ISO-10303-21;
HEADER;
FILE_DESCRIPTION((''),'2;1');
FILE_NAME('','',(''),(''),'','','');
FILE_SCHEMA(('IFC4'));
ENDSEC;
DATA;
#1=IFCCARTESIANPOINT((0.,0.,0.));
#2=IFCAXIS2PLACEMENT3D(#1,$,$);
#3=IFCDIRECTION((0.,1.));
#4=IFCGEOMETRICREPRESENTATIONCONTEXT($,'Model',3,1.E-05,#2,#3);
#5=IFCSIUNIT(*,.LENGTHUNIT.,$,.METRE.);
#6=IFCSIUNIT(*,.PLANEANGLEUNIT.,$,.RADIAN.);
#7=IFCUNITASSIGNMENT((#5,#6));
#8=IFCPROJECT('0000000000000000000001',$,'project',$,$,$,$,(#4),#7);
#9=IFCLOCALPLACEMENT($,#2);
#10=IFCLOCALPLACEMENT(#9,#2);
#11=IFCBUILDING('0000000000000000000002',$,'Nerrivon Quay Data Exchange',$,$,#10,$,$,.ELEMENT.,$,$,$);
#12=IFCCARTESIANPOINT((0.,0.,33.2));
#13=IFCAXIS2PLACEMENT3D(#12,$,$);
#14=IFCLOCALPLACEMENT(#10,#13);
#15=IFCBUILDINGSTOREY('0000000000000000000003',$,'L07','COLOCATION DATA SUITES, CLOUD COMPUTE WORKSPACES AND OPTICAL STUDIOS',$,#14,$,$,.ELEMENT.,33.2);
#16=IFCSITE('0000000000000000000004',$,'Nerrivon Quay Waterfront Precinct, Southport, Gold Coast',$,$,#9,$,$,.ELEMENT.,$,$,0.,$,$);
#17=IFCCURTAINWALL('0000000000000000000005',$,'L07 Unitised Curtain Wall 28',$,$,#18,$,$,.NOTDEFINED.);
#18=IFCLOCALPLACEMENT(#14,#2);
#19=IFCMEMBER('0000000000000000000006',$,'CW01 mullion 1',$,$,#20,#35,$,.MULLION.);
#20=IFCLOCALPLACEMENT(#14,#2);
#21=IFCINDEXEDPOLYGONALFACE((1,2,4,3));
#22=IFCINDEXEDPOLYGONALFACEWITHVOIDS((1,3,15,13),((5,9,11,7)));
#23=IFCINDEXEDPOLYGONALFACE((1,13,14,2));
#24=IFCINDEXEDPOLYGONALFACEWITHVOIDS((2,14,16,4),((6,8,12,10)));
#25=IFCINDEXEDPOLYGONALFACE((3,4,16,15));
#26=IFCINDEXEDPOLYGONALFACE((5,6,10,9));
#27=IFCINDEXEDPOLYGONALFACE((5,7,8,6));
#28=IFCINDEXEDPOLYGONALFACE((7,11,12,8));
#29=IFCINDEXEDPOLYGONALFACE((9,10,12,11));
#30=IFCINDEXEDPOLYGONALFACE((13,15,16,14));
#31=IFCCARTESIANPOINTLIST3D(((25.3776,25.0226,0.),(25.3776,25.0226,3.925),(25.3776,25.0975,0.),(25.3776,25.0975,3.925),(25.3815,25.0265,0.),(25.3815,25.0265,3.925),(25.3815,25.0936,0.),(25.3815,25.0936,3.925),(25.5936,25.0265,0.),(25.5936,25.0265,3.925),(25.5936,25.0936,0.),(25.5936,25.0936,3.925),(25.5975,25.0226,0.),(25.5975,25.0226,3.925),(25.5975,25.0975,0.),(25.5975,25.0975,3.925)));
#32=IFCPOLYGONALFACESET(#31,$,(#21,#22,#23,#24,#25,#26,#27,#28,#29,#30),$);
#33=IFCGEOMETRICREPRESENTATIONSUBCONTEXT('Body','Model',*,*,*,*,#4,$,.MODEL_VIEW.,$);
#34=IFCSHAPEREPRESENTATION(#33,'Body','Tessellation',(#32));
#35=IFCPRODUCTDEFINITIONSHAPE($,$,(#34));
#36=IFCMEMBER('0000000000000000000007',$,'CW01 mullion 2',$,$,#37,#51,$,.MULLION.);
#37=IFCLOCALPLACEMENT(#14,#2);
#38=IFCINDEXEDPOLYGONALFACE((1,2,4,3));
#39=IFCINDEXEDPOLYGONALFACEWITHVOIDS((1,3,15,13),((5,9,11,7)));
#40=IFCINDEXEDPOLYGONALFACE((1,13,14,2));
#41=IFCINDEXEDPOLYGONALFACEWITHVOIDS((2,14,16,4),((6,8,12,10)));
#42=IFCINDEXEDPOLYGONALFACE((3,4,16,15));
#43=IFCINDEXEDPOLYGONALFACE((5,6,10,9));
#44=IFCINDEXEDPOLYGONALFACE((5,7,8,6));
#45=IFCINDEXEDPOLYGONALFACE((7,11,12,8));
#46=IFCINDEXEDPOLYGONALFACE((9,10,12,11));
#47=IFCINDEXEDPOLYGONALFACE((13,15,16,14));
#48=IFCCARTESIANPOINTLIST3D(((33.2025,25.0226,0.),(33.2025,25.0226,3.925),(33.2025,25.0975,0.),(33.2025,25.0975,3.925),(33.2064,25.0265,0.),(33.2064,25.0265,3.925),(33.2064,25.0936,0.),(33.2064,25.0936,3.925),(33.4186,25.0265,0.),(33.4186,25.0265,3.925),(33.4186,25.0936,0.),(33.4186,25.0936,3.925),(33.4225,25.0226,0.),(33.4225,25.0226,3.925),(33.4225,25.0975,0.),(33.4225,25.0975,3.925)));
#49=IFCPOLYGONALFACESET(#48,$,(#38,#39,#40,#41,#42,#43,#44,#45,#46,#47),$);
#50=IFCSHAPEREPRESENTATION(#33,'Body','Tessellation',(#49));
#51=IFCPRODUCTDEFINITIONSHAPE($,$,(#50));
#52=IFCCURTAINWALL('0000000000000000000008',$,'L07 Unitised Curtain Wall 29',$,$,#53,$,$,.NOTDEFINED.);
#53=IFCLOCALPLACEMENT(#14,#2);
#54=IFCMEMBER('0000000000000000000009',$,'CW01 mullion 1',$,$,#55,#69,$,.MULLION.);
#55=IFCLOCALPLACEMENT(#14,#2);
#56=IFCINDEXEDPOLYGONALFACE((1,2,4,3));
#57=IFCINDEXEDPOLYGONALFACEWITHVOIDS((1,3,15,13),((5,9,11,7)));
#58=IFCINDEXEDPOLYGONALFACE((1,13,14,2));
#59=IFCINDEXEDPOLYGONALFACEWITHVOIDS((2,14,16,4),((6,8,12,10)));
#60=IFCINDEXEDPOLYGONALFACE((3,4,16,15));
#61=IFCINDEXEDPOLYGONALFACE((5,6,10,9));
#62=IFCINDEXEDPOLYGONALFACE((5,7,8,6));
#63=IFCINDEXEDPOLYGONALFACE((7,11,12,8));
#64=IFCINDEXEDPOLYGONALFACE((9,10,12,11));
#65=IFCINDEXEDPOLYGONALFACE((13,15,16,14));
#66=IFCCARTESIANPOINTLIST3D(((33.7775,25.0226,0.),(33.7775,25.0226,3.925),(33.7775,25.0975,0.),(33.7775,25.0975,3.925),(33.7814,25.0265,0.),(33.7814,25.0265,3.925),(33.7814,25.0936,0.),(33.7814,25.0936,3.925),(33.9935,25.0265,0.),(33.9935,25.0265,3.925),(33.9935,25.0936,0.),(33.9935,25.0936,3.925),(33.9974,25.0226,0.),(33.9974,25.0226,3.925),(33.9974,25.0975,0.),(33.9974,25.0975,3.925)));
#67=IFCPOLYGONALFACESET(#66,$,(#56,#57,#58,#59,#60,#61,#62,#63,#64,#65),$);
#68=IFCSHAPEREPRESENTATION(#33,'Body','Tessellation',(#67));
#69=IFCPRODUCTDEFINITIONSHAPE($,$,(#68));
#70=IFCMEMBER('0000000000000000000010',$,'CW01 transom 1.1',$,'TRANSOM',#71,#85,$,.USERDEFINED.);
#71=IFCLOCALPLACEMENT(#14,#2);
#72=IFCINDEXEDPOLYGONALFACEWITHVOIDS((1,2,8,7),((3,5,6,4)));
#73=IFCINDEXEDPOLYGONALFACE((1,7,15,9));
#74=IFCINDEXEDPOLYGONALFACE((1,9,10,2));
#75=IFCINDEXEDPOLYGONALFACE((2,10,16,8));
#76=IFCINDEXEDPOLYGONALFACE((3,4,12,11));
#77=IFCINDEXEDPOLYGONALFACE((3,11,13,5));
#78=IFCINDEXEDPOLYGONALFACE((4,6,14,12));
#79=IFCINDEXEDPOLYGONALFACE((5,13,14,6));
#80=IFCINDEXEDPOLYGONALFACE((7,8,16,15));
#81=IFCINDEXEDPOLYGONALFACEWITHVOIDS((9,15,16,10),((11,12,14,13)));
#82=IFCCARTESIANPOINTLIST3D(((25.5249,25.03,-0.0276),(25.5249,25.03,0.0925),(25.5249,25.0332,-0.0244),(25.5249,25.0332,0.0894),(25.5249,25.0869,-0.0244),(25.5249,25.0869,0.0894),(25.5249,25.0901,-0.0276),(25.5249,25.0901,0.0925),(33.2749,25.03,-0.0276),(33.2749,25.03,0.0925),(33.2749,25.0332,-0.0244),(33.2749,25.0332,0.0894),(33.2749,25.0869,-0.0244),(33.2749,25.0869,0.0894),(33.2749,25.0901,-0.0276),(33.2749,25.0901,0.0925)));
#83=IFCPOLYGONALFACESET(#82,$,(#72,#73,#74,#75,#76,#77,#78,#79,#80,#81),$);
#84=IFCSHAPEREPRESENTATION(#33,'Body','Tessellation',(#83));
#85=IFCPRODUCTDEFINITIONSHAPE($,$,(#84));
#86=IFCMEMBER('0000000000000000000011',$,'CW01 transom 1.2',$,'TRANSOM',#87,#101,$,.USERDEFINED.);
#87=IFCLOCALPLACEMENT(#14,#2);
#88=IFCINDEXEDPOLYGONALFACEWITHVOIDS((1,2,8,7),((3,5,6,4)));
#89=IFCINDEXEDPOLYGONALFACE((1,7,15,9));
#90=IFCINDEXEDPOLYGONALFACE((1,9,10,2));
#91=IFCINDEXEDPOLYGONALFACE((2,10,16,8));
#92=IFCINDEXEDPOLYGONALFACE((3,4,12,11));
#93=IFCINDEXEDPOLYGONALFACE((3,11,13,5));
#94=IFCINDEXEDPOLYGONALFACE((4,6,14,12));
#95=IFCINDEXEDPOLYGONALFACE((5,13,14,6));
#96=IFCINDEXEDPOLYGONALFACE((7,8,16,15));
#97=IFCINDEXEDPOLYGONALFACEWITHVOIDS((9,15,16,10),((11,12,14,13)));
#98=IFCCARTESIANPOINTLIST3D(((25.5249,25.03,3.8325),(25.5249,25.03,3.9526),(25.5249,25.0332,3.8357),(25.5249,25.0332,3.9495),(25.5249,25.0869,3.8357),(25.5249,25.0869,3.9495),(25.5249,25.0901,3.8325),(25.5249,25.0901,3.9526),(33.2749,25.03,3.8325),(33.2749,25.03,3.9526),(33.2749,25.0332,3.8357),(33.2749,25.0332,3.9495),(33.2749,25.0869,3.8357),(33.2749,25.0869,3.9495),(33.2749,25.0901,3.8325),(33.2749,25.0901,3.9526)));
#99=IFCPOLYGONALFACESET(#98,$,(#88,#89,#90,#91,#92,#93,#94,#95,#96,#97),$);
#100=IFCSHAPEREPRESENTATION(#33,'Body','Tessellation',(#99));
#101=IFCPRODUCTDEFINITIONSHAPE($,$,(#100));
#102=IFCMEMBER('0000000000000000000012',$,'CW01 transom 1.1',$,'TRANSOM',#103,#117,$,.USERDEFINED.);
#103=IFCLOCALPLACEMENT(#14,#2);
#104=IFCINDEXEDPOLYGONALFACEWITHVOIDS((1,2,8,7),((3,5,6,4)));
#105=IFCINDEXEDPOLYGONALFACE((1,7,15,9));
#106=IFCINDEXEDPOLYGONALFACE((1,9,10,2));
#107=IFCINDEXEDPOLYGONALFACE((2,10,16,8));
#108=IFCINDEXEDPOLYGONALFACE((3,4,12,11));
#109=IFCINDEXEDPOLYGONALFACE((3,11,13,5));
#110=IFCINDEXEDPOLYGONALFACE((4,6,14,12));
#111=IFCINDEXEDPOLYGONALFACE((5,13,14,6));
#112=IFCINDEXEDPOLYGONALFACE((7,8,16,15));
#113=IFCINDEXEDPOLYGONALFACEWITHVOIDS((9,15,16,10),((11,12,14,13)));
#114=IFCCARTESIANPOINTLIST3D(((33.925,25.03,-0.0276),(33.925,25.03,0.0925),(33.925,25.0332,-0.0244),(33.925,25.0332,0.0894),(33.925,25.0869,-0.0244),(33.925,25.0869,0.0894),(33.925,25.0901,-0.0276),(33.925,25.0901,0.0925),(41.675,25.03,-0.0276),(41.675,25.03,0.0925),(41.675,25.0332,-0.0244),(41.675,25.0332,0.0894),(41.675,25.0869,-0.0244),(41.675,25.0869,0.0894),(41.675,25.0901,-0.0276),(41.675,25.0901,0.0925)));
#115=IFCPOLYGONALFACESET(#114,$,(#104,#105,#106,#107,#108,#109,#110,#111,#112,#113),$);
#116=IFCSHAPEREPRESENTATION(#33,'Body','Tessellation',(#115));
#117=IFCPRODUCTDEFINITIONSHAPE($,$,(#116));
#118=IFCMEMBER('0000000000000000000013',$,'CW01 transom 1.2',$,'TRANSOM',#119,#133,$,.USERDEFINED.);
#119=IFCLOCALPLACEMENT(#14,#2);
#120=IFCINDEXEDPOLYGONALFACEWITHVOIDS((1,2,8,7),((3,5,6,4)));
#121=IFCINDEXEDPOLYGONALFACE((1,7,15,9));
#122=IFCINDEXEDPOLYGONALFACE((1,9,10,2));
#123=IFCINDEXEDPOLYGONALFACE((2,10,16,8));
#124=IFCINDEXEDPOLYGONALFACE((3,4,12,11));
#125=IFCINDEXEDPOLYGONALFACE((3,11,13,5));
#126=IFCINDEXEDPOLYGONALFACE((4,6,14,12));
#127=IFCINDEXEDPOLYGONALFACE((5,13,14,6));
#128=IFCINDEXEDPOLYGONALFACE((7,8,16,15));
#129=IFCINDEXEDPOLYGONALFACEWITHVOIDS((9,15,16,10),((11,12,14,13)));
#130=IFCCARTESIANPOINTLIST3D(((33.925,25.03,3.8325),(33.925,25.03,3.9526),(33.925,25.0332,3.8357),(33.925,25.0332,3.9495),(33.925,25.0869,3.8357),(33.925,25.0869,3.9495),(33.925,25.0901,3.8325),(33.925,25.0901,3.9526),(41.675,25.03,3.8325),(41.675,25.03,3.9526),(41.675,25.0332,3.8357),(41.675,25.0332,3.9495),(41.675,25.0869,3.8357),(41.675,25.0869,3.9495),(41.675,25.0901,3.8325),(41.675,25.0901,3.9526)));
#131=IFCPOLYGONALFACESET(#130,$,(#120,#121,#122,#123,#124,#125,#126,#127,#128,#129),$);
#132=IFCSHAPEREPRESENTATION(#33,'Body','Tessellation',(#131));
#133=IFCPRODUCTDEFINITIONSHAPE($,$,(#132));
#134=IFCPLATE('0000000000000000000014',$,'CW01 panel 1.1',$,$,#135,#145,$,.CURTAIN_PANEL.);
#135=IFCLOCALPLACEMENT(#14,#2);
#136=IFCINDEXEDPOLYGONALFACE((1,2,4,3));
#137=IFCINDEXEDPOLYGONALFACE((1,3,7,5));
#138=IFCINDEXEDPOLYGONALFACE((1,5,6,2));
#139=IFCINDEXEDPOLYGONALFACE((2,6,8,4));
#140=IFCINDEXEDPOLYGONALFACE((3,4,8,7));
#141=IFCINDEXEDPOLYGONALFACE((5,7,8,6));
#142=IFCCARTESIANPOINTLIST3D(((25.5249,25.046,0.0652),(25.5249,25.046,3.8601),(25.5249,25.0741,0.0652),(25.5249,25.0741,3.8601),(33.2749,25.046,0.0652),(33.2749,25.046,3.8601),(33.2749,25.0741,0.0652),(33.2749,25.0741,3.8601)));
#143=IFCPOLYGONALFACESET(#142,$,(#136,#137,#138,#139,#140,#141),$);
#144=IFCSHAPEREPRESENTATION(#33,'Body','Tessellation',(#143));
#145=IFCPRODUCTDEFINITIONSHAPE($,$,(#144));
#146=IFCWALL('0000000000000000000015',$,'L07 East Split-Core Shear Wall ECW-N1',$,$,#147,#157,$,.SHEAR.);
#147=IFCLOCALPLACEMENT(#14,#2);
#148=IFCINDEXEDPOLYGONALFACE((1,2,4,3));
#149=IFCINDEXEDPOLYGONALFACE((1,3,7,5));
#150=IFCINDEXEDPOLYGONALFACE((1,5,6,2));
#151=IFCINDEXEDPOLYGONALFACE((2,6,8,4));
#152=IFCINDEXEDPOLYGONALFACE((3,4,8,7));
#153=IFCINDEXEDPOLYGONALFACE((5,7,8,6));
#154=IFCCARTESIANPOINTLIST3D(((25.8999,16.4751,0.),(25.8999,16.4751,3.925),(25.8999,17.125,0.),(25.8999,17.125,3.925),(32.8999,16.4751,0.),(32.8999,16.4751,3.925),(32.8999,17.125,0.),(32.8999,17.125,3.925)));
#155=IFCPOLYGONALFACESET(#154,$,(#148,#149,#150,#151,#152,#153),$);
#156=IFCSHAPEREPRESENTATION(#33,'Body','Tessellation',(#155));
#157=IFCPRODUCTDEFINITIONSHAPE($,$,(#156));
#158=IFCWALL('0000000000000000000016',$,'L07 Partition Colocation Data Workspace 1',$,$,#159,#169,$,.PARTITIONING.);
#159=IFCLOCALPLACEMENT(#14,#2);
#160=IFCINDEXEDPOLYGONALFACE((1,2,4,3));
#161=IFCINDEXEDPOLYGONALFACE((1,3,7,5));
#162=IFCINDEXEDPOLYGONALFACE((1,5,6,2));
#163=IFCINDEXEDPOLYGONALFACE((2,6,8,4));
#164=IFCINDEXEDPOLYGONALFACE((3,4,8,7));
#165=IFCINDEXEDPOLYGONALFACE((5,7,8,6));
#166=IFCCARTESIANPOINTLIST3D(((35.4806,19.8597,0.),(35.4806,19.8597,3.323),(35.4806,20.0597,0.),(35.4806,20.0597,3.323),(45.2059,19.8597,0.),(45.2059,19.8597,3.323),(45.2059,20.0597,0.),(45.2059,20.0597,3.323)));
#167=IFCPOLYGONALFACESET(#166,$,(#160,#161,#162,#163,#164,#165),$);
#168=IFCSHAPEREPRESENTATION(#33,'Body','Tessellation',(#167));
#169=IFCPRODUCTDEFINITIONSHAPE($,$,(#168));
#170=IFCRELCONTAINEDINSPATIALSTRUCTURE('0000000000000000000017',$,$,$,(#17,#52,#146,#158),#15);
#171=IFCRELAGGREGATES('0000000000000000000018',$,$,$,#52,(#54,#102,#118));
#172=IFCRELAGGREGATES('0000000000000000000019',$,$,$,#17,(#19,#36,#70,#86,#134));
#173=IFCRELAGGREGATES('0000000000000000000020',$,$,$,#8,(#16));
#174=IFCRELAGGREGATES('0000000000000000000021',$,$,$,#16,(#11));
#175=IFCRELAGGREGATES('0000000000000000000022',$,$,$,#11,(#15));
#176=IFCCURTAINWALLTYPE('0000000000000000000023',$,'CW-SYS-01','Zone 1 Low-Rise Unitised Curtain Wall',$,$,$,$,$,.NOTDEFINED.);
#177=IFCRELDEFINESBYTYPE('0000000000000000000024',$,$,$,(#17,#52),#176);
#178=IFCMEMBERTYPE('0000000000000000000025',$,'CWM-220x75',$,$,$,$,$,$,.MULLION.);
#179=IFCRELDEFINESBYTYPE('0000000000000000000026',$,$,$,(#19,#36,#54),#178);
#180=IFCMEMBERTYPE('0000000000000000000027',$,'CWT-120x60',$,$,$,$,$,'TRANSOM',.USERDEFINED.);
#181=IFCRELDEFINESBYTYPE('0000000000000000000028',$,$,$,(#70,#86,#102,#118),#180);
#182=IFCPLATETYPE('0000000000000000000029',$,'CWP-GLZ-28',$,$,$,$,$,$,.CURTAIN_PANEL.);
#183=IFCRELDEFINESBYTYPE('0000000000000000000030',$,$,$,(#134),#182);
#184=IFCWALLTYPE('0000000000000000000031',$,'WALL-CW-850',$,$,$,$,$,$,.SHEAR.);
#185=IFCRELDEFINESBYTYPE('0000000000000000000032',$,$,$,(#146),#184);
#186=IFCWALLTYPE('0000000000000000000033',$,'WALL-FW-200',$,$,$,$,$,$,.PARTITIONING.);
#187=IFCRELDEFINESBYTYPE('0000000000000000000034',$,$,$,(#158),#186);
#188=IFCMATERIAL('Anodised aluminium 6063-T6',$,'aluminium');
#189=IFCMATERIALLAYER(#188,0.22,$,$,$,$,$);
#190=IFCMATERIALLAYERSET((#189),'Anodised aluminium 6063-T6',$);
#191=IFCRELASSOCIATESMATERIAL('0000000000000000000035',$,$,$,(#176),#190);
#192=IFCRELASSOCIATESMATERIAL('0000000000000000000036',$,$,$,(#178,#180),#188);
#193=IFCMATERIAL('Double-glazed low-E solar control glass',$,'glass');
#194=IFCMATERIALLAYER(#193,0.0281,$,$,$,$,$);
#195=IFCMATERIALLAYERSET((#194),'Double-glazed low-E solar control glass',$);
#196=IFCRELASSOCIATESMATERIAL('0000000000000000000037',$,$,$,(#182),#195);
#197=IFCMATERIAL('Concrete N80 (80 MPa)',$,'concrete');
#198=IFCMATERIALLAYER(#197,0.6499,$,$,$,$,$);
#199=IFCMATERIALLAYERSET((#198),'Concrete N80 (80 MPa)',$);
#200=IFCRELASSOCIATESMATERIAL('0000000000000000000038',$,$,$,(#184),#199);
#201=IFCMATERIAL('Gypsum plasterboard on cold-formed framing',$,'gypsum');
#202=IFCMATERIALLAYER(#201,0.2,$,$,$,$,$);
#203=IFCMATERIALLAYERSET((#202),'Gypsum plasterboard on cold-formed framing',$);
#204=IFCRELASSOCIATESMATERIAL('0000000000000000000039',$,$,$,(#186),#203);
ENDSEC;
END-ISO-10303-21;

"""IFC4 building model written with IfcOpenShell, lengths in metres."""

from ifc_helpers import new_model, si_unit, direction, frame, frame_2d, origin, origin_2d, place, context, subcontext, project, spatial, rectangle, hollow_rectangle, extrude, material, layer, layer_set, material_profile, profile_set, type_object, element, aggregate, save


model = new_model("IFC4")

# Units and contexts
model_context = context("Model", 3, precision=1e-05, world=origin(), true_north=direction((0.0, 1.0)))
body_context = subcontext(model_context, "Body", "Model", "MODEL_VIEW")
ifc_project = project(units=[si_unit("LENGTHUNIT", "METRE"), si_unit("PLANEANGLEUNIT", "RADIAN")], contexts=[model_context])

# Site, building, storey
site_placement = place(None, origin())
site = spatial("IfcSite", under=ifc_project, at=site_placement, Name="Nerrivon Quay Waterfront Precinct, Southport, Gold Coast", CompositionType="ELEMENT", RefElevation=0.0)
building_placement = place(site_placement, origin())
building = spatial("IfcBuilding", under=site, at=building_placement, Name="Nerrivon Quay Data Exchange", CompositionType="ELEMENT")
storey_placement = place(building_placement, frame((0.0, 0.0, 33.2)))
storey = spatial("IfcBuildingStorey", under=building, at=storey_placement, Name="L07", Description="COLOCATION DATA SUITES, CLOUD COMPUTE WORKSPACES AND OPTICAL STUDIOS", CompositionType="ELEMENT", Elevation=33.2)

# Shared definitions
ifc_material_1 = material(Name="Concrete N80 (80 MPa)", Category="concrete")

# Curtain wall, members
ifc_material_2 = material(Name="Anodised aluminium 6063-T6", Category="aluminium")
ifc_layer_1 = layer(ifc_material_2, 0.22)
ifc_layer_set_1 = layer_set([ifc_layer_1], Name="Anodised aluminium 6063-T6")
curtain_wall_type = type_object("IfcCurtainWallType", Name="CW-SYS-01", Description="Zone 1 Low-Rise Unitised Curtain Wall", PredefinedType="NOTDEFINED", material=ifc_layer_set_1)
curtain_wall_1_placement = place(storey_placement, origin())
curtain_wall_1 = element("IfcCurtainWall", 1, at=curtain_wall_1_placement, inside=storey, type_object=curtain_wall_type, Name="L07 Unitised Curtain Wall 28", PredefinedType="NOTDEFINED")
ifc_material_profile_1 = material_profile(ifc_material_2, hollow_rectangle(XDim=0.075, YDim=0.22, WallThickness=0.0039, at=origin_2d()), Name="ALU-MULL-220x75")
ifc_profile_set_1 = profile_set([ifc_material_profile_1], Name="Anodised aluminium 6063-T6")
member_type_1 = type_object("IfcMemberType", Name="CWM-220x75", PredefinedType="MULLION", material=ifc_profile_set_1)
member_1_placement = place(storey_placement, frame((25.4875, 25.0601, 0.0), z_axis=(0.0, 0.0, 1.0), x_axis=(0.0, 1.0, 0.0)))
member_1 = element("IfcMember", 2, at=member_1_placement, type_object=member_type_1, Name="CW01 mullion 1", PredefinedType="MULLION", context=body_context, shape_type="SweptSolid", body=[
    extrude(hollow_rectangle(XDim=0.075, YDim=0.22, WallThickness=0.0039, at=origin_2d()), origin(), (0.0, 0.0, 1.0), 3.925),
])
member_2_placement = place(storey_placement, frame((33.3125, 25.0601, 0.0), z_axis=(0.0, 0.0, 1.0), x_axis=(0.0, 1.0, 0.0)))
member_2 = element("IfcMember", 3, at=member_2_placement, type_object=member_type_1, Name="CW01 mullion 2", PredefinedType="MULLION", context=body_context, shape_type="SweptSolid", body=[
    extrude(hollow_rectangle(XDim=0.075, YDim=0.22, WallThickness=0.0039, at=origin_2d()), origin(), (0.0, 0.0, 1.0), 3.925),
])

# Curtain wall, member
curtain_wall_2_placement = place(storey_placement, origin())
curtain_wall_2 = element("IfcCurtainWall", 4, at=curtain_wall_2_placement, inside=storey, type_object=curtain_wall_type, Name="L07 Unitised Curtain Wall 29", PredefinedType="NOTDEFINED")
member_3_placement = place(storey_placement, frame((33.8875, 25.0601, 0.0), z_axis=(0.0, 0.0, 1.0), x_axis=(0.0, 1.0, 0.0)))
member_3 = element("IfcMember", 5, at=member_3_placement, type_object=member_type_1, Name="CW01 mullion 1", PredefinedType="MULLION", context=body_context, shape_type="SweptSolid", body=[
    extrude(hollow_rectangle(XDim=0.075, YDim=0.22, WallThickness=0.0039, at=origin_2d()), origin(), (0.0, 0.0, 1.0), 3.925),
])

# Members
ifc_material_profile_2 = material_profile(ifc_material_2, hollow_rectangle(XDim=0.0601, YDim=0.1201, WallThickness=0.0032, at=origin_2d()), Name="ALU-TRAN-120x60")
ifc_profile_set_2 = profile_set([ifc_material_profile_2], Name="Anodised aluminium 6063-T6")
member_type_2 = type_object("IfcMemberType", Name="CWT-120x60", ElementType="TRANSOM", PredefinedType="USERDEFINED", material=ifc_profile_set_2)
member_4_placement = place(storey_placement, frame((25.5249, 25.0601, 0.0325), z_axis=(1.0, 0.0, 0.0), x_axis=(0.0, 1.0, 0.0)))
member_4 = element("IfcMember", 6, at=member_4_placement, type_object=member_type_2, Name="CW01 transom 1.1", ObjectType="TRANSOM", PredefinedType="USERDEFINED", context=body_context, shape_type="SweptSolid", body=[
    extrude(hollow_rectangle(XDim=0.0601, YDim=0.1201, WallThickness=0.0032, at=origin_2d()), origin(), (0.0, 0.0, 1.0), 7.75),
])
member_5_placement = place(storey_placement, frame((25.5249, 25.0601, 3.8926), z_axis=(1.0, 0.0, 0.0), x_axis=(0.0, 1.0, 0.0)))
member_5 = element("IfcMember", 7, at=member_5_placement, type_object=member_type_2, Name="CW01 transom 1.2", ObjectType="TRANSOM", PredefinedType="USERDEFINED", context=body_context, shape_type="SweptSolid", body=[
    extrude(hollow_rectangle(XDim=0.0601, YDim=0.1201, WallThickness=0.0032, at=origin_2d()), origin(), (0.0, 0.0, 1.0), 7.75),
])
member_6_placement = place(storey_placement, frame((33.925, 25.0601, 0.0325), z_axis=(1.0, 0.0, 0.0), x_axis=(0.0, 1.0, 0.0)))
member_6 = element("IfcMember", 8, at=member_6_placement, type_object=member_type_2, Name="CW01 transom 1.1", ObjectType="TRANSOM", PredefinedType="USERDEFINED", context=body_context, shape_type="SweptSolid", body=[
    extrude(hollow_rectangle(XDim=0.0601, YDim=0.1201, WallThickness=0.0032, at=origin_2d()), origin(), (0.0, 0.0, 1.0), 7.75),
])
member_7_placement = place(storey_placement, frame((33.925, 25.0601, 3.8926), z_axis=(1.0, 0.0, 0.0), x_axis=(0.0, 1.0, 0.0)))
member_7 = element("IfcMember", 9, at=member_7_placement, type_object=member_type_2, Name="CW01 transom 1.2", ObjectType="TRANSOM", PredefinedType="USERDEFINED", context=body_context, shape_type="SweptSolid", body=[
    extrude(hollow_rectangle(XDim=0.0601, YDim=0.1201, WallThickness=0.0032, at=origin_2d()), origin(), (0.0, 0.0, 1.0), 7.75),
])
aggregate(curtain_wall_2, [member_3, member_6, member_7])

# Plate
ifc_material_3 = material(Name="Double-glazed low-E solar control glass", Category="glass")
ifc_layer_2 = layer(ifc_material_3, 0.0281)
ifc_layer_set_2 = layer_set([ifc_layer_2], Name="Double-glazed low-E solar control glass")
plate_type = type_object("IfcPlateType", Name="CWP-GLZ-28", PredefinedType="CURTAIN_PANEL", material=ifc_layer_set_2)
plate_placement = place(storey_placement, frame((29.3999, 25.0601, 0.0652), z_axis=(0.0, 0.0, 1.0), x_axis=(1.0, 0.0, 0.0)))
plate = element("IfcPlate", 10, at=plate_placement, type_object=plate_type, Name="CW01 panel 1.1", PredefinedType="CURTAIN_PANEL", context=body_context, shape_type="SweptSolid", body=[
    extrude(rectangle(XDim=7.75, YDim=0.0281, at=origin_2d()), origin(), (0.0, 0.0, 1.0), 3.7949),
])
aggregate(curtain_wall_1, [member_1, member_2, member_4, member_5, plate])

# Walls
ifc_layer_3 = layer(ifc_material_1, 0.6499)
ifc_layer_set_3 = layer_set([ifc_layer_3], Name="Concrete N80 (80 MPa)")
wall_type_1 = type_object("IfcWallType", Name="WALL-CW-850", PredefinedType="SHEAR", material=ifc_layer_set_3)
wall_1_placement = place(storey_placement, frame((25.8999, 16.8, 0.0), z_axis=(0.0, 0.0, 1.0), x_axis=(1.0, 0.0, 0.0)))
element("IfcWall", 11, at=wall_1_placement, inside=storey, type_object=wall_type_1, Name="L07 East Split-Core Shear Wall ECW-N1", PredefinedType="SHEAR", context=body_context, shape_type="SweptSolid", body=[
    extrude(rectangle(XDim=7.0, YDim=0.6499, at=frame_2d((3.5, 0.0))), origin(), (0.0, 0.0, 1.0), 3.925),
])
ifc_material_4 = material(Name="Gypsum plasterboard on cold-formed framing", Category="gypsum")
ifc_layer_4 = layer(ifc_material_4, 0.2)
ifc_layer_set_4 = layer_set([ifc_layer_4], Name="Gypsum plasterboard on cold-formed framing")
wall_type_2 = type_object("IfcWallType", Name="WALL-FW-200", PredefinedType="PARTITIONING", material=ifc_layer_set_4)
wall_2_placement = place(storey_placement, frame((35.4805, 19.9597, 0.0), z_axis=(0.0, 0.0, 1.0), x_axis=(1.0, 0.0, 0.0)))
element("IfcWall", 12, at=wall_2_placement, inside=storey, type_object=wall_type_2, Name="L07 Partition Colocation Data Workspace 1", PredefinedType="PARTITIONING", context=body_context, shape_type="SweptSolid", body=[
    extrude(rectangle(XDim=9.7253, YDim=0.2, at=frame_2d((4.8628, 0.0))), origin(), (0.0, 0.0, 1.0), 3.323),
])

save(model, "model.ifc")
